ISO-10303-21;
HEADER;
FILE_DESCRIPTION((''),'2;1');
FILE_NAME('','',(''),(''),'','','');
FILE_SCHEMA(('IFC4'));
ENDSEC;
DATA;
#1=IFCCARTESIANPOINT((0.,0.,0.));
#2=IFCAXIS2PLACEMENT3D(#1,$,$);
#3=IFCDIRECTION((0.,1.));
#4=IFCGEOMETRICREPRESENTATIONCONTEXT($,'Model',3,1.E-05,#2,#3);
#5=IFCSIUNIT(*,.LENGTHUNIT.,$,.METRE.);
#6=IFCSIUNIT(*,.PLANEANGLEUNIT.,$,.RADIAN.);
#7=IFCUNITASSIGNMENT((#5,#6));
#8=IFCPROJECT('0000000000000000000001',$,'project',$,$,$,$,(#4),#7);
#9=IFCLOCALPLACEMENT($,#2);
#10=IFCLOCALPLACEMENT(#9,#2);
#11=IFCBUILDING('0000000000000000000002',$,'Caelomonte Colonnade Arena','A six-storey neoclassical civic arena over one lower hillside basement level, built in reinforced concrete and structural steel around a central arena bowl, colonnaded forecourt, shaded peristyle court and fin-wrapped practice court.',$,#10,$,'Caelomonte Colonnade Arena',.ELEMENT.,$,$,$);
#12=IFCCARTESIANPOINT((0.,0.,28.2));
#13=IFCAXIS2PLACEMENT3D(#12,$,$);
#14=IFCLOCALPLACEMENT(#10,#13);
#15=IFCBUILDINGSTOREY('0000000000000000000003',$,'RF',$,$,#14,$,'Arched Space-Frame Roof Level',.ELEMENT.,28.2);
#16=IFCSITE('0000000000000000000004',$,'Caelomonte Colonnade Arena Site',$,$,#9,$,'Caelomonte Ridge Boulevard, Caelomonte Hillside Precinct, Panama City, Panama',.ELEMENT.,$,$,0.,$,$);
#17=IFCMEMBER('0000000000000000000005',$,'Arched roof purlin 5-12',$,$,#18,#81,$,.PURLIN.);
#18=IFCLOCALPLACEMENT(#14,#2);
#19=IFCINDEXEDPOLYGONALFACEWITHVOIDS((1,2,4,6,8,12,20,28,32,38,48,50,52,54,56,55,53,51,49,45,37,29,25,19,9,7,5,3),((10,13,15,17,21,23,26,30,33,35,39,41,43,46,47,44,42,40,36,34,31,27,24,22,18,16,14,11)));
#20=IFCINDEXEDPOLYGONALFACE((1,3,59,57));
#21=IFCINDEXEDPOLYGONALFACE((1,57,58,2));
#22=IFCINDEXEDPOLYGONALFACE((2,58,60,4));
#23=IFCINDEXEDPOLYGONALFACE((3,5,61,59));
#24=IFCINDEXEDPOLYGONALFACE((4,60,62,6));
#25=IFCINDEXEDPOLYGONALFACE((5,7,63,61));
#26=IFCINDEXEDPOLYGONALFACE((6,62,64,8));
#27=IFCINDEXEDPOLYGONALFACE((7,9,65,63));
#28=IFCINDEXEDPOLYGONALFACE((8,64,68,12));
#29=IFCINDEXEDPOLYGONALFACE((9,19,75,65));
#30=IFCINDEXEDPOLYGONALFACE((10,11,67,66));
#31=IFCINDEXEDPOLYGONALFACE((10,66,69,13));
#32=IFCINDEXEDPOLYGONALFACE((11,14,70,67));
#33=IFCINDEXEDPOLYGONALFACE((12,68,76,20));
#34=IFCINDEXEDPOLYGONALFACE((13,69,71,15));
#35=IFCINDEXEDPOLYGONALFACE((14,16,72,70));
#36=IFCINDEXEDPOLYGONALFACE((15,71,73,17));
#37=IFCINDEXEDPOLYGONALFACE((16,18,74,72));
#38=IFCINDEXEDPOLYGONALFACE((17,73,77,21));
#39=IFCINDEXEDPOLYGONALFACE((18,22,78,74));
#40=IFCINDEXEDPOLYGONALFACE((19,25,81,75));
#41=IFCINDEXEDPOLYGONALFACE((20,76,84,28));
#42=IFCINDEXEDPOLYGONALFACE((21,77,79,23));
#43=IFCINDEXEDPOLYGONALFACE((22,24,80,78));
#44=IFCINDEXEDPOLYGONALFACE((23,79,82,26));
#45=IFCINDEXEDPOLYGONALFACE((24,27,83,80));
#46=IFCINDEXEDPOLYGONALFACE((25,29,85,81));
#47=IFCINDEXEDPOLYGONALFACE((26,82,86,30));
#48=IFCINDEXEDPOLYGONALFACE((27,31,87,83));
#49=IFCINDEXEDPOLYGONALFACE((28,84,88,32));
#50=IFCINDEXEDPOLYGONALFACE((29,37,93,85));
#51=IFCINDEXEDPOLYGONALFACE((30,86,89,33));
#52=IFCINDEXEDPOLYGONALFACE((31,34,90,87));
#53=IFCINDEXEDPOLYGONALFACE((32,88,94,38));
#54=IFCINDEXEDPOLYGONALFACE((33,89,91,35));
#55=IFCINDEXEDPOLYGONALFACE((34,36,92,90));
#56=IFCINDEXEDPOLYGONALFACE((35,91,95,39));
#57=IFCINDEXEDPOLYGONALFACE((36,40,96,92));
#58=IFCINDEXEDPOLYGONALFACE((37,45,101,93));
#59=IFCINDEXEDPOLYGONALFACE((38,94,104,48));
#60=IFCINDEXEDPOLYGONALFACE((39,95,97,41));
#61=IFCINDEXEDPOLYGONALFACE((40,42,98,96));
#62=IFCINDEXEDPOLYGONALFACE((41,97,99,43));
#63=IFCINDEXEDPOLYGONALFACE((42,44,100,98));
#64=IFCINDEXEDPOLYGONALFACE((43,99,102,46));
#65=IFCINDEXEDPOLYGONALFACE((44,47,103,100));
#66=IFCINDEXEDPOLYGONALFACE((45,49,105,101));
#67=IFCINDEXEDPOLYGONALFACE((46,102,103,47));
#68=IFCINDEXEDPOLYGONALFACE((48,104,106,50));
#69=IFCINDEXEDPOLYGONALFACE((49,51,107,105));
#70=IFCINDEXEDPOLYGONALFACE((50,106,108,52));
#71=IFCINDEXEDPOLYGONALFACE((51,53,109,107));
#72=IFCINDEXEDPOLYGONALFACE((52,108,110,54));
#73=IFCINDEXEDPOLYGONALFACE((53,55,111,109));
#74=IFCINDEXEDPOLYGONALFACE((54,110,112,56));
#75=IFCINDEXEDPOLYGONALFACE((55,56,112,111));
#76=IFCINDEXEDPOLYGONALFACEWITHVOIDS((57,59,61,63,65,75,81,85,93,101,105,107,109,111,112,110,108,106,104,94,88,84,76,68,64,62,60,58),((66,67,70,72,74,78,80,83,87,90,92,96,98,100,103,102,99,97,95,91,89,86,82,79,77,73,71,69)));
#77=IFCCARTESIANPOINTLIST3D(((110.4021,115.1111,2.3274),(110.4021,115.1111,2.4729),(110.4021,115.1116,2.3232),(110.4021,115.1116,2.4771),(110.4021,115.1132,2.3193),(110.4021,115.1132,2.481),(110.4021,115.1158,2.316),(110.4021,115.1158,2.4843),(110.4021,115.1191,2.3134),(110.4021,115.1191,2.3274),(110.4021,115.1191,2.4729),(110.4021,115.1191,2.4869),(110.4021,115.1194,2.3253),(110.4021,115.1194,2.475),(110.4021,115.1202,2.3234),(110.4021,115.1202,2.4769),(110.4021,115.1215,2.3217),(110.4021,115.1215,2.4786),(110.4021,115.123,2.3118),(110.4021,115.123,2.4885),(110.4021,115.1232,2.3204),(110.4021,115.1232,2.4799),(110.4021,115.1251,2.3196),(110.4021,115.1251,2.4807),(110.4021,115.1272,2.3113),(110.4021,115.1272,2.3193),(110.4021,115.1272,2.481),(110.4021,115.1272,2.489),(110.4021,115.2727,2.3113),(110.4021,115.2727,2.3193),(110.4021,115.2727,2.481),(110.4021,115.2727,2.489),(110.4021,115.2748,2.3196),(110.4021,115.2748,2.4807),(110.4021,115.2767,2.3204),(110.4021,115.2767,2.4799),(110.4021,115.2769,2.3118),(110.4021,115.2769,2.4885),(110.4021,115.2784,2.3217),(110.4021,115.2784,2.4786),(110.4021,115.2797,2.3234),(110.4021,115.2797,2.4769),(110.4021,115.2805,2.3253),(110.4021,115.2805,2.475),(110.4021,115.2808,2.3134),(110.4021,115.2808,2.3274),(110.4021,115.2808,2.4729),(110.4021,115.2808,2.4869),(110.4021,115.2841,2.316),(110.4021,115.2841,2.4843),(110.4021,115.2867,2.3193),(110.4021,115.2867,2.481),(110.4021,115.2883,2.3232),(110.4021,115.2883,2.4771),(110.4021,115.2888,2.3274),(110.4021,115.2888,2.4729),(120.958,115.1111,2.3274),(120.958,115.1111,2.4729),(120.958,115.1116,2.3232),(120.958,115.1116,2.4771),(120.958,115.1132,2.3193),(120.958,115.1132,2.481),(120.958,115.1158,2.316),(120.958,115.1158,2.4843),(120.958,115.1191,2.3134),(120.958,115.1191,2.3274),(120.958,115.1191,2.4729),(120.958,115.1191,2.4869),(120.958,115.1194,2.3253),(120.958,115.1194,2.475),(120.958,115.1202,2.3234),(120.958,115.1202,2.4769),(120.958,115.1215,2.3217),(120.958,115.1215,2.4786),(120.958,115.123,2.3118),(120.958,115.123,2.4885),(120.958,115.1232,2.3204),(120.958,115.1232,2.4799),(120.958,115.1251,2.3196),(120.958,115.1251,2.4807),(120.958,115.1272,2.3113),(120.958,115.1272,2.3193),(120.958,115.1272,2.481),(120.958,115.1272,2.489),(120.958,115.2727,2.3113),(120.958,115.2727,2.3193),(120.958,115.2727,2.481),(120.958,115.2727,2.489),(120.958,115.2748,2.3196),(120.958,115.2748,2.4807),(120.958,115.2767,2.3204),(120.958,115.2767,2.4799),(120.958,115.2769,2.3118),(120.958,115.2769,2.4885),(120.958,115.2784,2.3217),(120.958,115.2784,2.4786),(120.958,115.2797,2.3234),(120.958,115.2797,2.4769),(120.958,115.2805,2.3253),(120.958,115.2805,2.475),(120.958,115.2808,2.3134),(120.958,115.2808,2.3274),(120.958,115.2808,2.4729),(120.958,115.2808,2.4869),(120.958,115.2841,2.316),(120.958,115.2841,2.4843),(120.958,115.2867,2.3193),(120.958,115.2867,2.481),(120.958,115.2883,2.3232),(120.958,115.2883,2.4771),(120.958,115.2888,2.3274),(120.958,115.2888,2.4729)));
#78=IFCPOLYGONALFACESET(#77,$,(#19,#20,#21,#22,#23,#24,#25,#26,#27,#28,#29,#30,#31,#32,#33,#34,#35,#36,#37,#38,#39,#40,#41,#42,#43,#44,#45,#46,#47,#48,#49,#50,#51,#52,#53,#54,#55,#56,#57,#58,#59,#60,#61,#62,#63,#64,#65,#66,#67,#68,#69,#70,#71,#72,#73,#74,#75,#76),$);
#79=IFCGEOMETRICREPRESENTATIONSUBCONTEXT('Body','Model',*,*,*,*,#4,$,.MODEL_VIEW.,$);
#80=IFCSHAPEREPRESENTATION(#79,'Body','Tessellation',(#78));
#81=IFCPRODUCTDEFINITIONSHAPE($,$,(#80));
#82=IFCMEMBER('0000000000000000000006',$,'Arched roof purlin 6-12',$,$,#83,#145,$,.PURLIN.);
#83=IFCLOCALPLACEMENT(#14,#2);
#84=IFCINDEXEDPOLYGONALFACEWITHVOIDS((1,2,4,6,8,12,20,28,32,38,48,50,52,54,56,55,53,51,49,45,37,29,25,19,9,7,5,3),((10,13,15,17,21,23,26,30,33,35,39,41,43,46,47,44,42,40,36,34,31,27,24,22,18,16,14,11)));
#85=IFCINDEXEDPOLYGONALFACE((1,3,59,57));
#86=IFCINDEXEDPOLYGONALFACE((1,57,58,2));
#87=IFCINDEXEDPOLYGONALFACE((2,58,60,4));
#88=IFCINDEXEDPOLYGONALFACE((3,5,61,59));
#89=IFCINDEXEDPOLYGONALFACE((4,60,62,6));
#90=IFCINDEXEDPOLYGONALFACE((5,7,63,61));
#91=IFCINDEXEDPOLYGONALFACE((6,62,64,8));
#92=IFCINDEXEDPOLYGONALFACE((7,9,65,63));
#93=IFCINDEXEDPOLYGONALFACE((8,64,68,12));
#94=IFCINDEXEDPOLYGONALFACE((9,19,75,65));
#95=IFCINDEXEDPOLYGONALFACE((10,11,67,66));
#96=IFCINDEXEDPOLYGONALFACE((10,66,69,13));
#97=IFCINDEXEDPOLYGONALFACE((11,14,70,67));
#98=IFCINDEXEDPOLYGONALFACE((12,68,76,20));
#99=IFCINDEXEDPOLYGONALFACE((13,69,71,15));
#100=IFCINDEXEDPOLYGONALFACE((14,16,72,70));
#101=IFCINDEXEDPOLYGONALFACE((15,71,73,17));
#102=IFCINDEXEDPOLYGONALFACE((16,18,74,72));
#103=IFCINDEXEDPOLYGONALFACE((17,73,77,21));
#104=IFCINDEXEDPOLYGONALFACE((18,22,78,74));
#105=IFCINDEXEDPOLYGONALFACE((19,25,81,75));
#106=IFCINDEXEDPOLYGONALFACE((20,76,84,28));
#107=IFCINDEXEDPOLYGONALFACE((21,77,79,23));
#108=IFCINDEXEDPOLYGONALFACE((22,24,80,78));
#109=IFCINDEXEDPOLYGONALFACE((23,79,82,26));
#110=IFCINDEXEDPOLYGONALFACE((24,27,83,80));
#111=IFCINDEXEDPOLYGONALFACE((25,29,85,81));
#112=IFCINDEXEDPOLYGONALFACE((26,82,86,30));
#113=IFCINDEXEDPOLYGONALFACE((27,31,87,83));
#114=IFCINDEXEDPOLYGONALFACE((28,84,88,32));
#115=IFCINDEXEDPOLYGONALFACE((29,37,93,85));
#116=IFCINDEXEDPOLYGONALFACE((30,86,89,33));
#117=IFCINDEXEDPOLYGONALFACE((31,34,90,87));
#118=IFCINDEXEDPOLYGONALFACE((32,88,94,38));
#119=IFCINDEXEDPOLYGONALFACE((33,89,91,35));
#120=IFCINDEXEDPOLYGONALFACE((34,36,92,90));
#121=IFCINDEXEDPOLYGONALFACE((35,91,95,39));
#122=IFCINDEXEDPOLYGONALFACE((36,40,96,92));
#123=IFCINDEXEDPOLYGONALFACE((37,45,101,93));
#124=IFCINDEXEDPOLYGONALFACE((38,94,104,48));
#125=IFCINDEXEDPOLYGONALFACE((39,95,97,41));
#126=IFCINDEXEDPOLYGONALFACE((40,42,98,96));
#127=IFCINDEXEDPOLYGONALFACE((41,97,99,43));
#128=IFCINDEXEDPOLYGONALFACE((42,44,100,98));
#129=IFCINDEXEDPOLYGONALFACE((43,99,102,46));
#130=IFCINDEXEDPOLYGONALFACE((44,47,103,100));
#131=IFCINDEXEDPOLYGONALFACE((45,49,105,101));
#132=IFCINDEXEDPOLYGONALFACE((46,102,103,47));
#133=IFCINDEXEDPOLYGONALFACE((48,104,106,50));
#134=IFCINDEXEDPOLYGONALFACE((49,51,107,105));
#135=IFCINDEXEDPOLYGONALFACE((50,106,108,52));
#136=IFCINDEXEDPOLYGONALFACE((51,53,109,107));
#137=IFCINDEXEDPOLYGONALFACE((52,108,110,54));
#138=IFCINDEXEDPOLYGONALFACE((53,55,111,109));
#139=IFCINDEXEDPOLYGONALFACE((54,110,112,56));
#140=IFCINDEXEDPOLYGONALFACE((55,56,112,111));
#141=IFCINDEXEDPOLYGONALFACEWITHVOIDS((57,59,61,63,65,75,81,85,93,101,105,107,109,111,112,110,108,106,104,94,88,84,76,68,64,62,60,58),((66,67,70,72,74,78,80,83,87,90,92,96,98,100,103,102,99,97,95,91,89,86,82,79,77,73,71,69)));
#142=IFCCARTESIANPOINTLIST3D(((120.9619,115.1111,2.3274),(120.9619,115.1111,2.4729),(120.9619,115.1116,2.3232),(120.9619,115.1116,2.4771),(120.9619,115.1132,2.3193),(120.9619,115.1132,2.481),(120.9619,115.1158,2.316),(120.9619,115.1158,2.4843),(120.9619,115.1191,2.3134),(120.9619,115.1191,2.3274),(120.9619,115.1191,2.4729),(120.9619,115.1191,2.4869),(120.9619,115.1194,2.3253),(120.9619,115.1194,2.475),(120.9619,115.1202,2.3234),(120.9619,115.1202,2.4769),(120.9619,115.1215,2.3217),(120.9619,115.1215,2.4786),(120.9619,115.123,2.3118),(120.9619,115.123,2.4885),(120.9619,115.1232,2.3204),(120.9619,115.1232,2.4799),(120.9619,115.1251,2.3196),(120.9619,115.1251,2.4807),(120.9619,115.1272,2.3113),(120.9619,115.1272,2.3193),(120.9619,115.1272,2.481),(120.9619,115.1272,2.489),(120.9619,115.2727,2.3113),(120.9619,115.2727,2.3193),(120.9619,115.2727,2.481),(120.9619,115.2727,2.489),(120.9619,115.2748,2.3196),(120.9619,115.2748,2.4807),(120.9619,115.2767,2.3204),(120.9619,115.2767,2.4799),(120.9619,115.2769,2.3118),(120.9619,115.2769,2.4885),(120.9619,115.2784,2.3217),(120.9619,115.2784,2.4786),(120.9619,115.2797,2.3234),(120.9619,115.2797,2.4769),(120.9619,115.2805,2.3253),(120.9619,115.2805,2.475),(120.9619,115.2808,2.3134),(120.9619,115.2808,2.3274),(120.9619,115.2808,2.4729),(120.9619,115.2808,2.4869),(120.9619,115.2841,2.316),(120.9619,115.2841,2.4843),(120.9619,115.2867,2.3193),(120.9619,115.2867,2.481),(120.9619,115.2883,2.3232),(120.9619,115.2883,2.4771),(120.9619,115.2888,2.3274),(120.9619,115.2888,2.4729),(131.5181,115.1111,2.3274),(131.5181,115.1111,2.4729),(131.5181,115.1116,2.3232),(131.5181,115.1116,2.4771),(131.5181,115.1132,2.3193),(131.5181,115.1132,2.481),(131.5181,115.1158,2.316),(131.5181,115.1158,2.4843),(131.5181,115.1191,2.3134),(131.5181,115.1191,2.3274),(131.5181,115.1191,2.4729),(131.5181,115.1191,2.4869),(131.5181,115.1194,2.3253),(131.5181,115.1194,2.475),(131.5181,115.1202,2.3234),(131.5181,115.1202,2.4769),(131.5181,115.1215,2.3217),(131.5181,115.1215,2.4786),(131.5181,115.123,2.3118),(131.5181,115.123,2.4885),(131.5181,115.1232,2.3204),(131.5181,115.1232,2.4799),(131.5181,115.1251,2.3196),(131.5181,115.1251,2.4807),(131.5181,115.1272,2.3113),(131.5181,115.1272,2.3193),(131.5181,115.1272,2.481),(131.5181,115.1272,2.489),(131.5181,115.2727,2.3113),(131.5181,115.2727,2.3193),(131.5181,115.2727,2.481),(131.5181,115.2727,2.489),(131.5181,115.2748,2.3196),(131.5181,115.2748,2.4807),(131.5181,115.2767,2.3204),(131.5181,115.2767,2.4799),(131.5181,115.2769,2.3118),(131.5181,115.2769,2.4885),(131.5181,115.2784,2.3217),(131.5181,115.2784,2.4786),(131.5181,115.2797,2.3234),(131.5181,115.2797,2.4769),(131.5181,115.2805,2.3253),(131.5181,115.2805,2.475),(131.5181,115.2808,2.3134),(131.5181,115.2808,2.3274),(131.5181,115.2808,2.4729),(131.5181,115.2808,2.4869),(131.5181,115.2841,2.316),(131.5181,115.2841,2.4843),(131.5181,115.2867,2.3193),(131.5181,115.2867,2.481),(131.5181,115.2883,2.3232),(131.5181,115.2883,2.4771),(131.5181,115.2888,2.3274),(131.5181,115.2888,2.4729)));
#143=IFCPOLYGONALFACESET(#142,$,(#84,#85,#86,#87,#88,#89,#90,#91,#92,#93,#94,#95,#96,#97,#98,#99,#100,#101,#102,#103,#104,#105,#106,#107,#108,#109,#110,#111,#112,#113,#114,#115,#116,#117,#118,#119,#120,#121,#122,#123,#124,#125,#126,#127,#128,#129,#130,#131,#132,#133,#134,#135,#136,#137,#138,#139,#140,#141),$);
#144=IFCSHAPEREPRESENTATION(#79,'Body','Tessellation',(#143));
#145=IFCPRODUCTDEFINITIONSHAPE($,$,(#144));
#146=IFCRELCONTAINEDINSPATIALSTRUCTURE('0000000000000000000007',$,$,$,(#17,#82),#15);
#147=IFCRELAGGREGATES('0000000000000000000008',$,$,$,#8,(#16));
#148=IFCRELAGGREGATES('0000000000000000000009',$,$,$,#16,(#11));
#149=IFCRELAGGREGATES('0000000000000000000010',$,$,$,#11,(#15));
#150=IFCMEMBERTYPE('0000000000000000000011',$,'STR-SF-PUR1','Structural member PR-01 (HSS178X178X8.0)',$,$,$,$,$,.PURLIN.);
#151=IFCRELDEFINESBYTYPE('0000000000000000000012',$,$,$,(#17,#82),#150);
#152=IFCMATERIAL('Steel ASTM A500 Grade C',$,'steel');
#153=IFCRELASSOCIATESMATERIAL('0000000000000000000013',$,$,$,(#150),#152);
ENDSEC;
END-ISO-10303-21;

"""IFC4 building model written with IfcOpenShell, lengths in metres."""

from ifc_helpers import new_model, si_unit, direction, frame, origin, origin_2d, place, context, subcontext, project, spatial, hollow_rectangle, extrude, material, material_profile, profile_set, type_object, element, save


model = new_model("IFC4")

# Units and contexts
model_context = context("Model", 3, precision=1e-05, world=origin(), true_north=direction((0.0, 1.0)))
body_context = subcontext(model_context, "Body", "Model", "MODEL_VIEW")
ifc_project = project(units=[si_unit("LENGTHUNIT", "METRE"), si_unit("PLANEANGLEUNIT", "RADIAN")], contexts=[model_context])

# Site, building, storey
site_placement = place(None, origin())
site = spatial("IfcSite", under=ifc_project, at=site_placement, Name="Caelomonte Colonnade Arena Site", LongName="Caelomonte Ridge Boulevard, Caelomonte Hillside Precinct, Panama City, Panama", CompositionType="ELEMENT", RefElevation=0.0)
building_placement = place(site_placement, origin())
building = spatial("IfcBuilding", under=site, at=building_placement, Name="Caelomonte Colonnade Arena", Description="A six-storey neoclassical civic arena over one lower hillside basement level, built in reinforced concrete and structural steel around a central arena bowl, colonnaded forecourt, shaded peristyle court and fin-wrapped practice court.", LongName="Caelomonte Colonnade Arena", CompositionType="ELEMENT")
storey_placement = place(building_placement, frame((0.0, 0.0, 28.2)))
storey = spatial("IfcBuildingStorey", under=building, at=storey_placement, Name="RF", LongName="Arched Space-Frame Roof Level", CompositionType="ELEMENT", Elevation=28.2)

# Members
ifc_material_1 = material(Name="Steel ASTM A500 Grade C", Category="steel")
ifc_material_profile_1 = material_profile(ifc_material_1, hollow_rectangle(XDim=0.1777, YDim=0.1777, WallThickness=0.0081, InnerFilletRadius=0.0081, OuterFilletRadius=0.0161, at=origin_2d()), Name="HSS178X178X8.0")
ifc_profile_set_1 = profile_set([ifc_material_profile_1], Name="Steel ASTM A500 Grade C")
member_type_1 = type_object("IfcMemberType", Name="STR-SF-PUR1", Description="Structural member PR-01 (HSS178X178X8.0)", PredefinedType="PURLIN", material=ifc_profile_set_1)
member_1_placement = place(storey_placement, frame((110.4021, 115.2, 2.4001), z_axis=(1.0, 0.0, 0.0), x_axis=(0.0, 1.0, 0.0)))
element("IfcMember", 1, at=member_1_placement, inside=storey, type_object=member_type_1, Name="Arched roof purlin 5-12", PredefinedType="PURLIN", context=body_context, shape_type="SweptSolid", body=[
    extrude(hollow_rectangle(XDim=0.1777, YDim=0.1777, WallThickness=0.0081, InnerFilletRadius=0.0081, OuterFilletRadius=0.0161, at=origin_2d()), origin(), (0.0, 0.0, 1.0), 10.5559),
])
member_2_placement = place(storey_placement, frame((120.9619, 115.2, 2.4001), z_axis=(1.0, 0.0, 0.0), x_axis=(0.0, 1.0, 0.0)))
element("IfcMember", 2, at=member_2_placement, inside=storey, type_object=member_type_1, Name="Arched roof purlin 6-12", PredefinedType="PURLIN", context=body_context, shape_type="SweptSolid", body=[
    extrude(hollow_rectangle(XDim=0.1777, YDim=0.1777, WallThickness=0.0081, InnerFilletRadius=0.0081, OuterFilletRadius=0.0161, at=origin_2d()), origin(), (0.0, 0.0, 1.0), 10.5562),
])

save(model, "model.ifc")
